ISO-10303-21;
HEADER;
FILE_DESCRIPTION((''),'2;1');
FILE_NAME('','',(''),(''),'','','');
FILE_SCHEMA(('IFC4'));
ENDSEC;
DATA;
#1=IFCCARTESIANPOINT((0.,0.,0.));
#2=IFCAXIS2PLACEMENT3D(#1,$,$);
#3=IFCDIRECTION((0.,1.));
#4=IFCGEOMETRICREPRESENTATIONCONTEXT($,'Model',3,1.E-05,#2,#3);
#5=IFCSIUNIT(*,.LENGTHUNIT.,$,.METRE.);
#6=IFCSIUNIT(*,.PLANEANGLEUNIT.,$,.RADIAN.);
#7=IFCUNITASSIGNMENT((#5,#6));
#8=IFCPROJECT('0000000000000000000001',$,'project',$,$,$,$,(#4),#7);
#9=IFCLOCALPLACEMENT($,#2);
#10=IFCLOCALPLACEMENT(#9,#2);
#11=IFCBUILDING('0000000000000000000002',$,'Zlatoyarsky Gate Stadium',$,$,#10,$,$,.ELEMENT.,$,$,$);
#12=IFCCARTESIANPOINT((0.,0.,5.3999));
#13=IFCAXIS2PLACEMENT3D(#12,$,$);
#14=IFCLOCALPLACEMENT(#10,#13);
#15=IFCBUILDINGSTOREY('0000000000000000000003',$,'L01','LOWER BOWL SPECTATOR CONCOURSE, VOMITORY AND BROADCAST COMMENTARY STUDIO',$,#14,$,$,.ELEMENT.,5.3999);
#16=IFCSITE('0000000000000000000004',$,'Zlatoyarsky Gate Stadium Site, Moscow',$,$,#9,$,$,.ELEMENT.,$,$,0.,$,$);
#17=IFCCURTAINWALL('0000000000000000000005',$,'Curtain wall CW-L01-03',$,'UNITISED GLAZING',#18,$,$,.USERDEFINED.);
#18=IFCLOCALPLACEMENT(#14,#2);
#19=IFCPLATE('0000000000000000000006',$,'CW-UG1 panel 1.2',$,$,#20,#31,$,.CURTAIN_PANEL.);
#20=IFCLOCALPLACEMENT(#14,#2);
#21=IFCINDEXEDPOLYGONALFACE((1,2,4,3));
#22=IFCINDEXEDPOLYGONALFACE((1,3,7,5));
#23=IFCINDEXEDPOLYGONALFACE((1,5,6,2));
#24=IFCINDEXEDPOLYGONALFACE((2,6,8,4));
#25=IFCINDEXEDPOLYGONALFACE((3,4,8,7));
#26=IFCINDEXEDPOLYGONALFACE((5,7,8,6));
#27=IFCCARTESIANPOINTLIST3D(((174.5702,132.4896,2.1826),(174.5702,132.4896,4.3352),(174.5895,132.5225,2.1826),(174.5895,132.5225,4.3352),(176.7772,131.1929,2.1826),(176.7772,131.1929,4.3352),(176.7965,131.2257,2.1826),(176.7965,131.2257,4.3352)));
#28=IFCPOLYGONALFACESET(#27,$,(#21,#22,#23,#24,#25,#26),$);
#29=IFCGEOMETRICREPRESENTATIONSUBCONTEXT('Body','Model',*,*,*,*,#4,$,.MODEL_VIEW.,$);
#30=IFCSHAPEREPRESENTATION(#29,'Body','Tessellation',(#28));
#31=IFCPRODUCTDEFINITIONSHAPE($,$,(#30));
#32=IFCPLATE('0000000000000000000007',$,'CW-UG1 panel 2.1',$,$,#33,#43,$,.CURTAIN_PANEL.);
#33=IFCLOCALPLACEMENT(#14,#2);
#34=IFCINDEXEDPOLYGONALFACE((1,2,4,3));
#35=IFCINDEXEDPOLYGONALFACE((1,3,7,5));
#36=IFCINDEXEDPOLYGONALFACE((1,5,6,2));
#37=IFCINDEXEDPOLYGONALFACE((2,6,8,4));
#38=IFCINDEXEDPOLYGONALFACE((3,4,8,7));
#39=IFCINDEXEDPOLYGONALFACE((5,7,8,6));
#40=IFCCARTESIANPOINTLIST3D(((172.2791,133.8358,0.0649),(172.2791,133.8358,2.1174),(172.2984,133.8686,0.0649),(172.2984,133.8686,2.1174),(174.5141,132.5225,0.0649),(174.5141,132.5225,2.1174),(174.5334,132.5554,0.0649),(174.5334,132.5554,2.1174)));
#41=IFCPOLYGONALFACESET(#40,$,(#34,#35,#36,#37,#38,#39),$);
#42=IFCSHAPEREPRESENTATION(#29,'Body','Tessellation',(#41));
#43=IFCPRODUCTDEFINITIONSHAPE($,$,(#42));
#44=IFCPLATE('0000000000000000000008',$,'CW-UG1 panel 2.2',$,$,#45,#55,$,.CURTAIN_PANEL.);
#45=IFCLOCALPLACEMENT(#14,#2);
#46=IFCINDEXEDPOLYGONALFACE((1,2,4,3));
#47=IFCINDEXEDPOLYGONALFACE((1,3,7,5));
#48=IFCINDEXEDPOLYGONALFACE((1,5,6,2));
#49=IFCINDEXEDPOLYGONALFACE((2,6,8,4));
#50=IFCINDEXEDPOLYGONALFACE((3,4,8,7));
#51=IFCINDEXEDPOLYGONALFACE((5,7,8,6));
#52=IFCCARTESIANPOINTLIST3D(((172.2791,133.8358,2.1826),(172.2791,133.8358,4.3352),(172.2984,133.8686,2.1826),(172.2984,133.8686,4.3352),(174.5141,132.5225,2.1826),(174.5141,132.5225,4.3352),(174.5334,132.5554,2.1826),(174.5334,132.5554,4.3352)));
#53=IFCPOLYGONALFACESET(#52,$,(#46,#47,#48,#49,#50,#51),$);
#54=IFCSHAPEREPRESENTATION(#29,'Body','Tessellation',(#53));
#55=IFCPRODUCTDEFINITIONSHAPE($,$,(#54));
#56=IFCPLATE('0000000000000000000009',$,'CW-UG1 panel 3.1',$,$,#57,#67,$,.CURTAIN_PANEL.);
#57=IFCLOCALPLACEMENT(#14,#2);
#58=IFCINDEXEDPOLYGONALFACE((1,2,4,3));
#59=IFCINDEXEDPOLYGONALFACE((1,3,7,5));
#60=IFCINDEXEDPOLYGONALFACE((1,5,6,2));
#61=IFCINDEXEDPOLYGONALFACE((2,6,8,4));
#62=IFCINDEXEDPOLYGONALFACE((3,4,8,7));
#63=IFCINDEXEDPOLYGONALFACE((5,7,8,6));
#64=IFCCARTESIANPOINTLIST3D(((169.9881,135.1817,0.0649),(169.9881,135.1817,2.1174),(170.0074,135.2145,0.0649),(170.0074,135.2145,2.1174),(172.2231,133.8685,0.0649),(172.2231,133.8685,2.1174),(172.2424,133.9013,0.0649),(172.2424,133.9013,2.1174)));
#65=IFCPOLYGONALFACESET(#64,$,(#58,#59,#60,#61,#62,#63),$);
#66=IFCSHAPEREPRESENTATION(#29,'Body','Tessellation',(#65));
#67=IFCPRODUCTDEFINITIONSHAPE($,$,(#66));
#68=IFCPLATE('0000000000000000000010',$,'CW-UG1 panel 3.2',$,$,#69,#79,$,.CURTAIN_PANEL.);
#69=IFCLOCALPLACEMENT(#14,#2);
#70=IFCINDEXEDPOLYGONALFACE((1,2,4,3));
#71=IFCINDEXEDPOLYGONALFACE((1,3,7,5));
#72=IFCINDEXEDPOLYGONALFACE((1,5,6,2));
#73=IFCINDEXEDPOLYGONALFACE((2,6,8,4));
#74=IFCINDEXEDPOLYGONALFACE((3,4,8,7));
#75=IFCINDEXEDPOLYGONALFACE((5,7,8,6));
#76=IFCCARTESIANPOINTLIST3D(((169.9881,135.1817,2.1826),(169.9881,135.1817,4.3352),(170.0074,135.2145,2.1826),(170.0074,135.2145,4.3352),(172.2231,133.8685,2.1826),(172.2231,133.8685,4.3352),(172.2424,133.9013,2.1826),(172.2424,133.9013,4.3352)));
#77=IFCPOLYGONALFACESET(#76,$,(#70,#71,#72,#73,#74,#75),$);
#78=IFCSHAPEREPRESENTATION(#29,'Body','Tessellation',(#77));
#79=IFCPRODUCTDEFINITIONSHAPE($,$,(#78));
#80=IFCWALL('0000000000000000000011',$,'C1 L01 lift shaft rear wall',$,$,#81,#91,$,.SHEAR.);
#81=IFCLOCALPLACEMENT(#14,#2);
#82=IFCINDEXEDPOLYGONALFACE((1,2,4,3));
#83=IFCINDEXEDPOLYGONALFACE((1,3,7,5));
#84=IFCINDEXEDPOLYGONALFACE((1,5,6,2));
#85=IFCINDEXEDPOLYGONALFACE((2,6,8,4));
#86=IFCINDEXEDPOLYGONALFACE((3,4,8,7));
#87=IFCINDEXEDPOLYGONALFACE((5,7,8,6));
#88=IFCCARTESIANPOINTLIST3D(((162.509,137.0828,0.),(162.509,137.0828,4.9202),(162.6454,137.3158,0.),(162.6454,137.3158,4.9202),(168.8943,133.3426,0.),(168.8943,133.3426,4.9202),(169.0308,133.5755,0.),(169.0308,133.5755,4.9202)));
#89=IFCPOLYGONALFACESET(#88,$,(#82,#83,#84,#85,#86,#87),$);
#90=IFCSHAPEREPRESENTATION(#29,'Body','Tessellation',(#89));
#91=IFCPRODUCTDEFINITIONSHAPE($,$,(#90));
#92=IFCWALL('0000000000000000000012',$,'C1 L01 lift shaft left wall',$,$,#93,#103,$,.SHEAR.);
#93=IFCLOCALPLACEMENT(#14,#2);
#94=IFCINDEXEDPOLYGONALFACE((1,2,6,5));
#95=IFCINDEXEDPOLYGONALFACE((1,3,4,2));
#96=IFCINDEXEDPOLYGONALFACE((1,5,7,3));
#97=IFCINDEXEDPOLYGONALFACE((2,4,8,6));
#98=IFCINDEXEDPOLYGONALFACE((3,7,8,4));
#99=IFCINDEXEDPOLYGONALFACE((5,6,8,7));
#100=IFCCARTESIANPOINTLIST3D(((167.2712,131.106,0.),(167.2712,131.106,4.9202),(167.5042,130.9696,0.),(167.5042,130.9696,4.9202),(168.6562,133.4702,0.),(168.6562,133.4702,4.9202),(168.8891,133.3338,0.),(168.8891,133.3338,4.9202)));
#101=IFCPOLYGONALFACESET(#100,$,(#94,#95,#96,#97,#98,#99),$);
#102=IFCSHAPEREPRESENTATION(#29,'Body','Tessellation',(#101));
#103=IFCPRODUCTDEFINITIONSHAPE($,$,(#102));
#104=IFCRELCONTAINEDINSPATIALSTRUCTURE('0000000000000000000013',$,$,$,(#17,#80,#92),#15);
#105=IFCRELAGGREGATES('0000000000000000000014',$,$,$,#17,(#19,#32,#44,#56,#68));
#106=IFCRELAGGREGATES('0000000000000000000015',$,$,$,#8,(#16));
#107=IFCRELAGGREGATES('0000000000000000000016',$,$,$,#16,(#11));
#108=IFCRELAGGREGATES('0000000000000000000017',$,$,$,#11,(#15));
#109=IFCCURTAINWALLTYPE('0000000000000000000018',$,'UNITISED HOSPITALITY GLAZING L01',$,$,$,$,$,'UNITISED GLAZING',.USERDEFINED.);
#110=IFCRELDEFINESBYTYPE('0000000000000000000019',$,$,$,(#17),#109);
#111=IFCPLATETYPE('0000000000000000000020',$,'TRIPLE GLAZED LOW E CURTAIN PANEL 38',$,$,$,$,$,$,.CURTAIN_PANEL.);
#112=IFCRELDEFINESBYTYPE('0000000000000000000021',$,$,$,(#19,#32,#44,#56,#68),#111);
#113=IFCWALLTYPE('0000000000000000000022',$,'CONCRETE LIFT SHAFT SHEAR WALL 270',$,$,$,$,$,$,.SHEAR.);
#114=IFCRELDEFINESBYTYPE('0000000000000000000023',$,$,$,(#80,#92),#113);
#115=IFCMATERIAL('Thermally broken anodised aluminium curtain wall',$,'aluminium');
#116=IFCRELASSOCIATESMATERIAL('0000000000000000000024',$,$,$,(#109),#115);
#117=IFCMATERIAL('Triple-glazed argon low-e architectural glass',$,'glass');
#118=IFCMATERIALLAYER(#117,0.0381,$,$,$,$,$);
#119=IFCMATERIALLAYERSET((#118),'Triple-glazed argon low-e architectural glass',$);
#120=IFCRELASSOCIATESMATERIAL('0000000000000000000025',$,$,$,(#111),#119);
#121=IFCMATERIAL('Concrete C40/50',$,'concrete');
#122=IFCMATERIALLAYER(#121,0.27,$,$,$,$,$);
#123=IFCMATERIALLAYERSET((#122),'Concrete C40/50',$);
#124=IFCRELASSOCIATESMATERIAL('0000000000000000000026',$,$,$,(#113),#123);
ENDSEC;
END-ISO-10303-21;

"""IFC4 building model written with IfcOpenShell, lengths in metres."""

from ifc_helpers import new_model, si_unit, direction, frame, frame_2d, origin, origin_2d, place, context, subcontext, project, spatial, rectangle, extrude, material, layer, layer_set, type_object, element, aggregate, save


model = new_model("IFC4")

# Units and contexts
model_context = context("Model", 3, precision=1e-05, world=origin(), true_north=direction((0.0, 1.0)))
body_context = subcontext(model_context, "Body", "Model", "MODEL_VIEW")
ifc_project = project(units=[si_unit("LENGTHUNIT", "METRE"), si_unit("PLANEANGLEUNIT", "RADIAN")], contexts=[model_context])

# Site, building, storey
site_placement = place(None, origin())
site = spatial("IfcSite", under=ifc_project, at=site_placement, Name="Zlatoyarsky Gate Stadium Site, Moscow", CompositionType="ELEMENT", RefElevation=0.0)
building_placement = place(site_placement, origin())
building = spatial("IfcBuilding", under=site, at=building_placement, Name="Zlatoyarsky Gate Stadium", CompositionType="ELEMENT")
storey_placement = place(building_placement, frame((0.0, 0.0, 5.3999)))
storey = spatial("IfcBuildingStorey", under=building, at=storey_placement, Name="L01", Description="LOWER BOWL SPECTATOR CONCOURSE, VOMITORY AND BROADCAST COMMENTARY STUDIO", CompositionType="ELEMENT", Elevation=5.3999)

# Curtain wall
ifc_material_1 = material(Name="Thermally broken anodised aluminium curtain wall", Category="aluminium")
curtain_wall_type = type_object("IfcCurtainWallType", Name="UNITISED HOSPITALITY GLAZING L01", ElementType="UNITISED GLAZING", PredefinedType="USERDEFINED", material=ifc_material_1)
curtain_wall_placement = place(storey_placement, origin())
curtain_wall = element("IfcCurtainWall", 1, at=curtain_wall_placement, inside=storey, type_object=curtain_wall_type, Name="Curtain wall CW-L01-03", ObjectType="UNITISED GLAZING", PredefinedType="USERDEFINED")

# Plates
ifc_material_2 = material(Name="Triple-glazed argon low-e architectural glass", Category="glass")
ifc_layer_1 = layer(ifc_material_2, 0.0381)
ifc_layer_set_1 = layer_set([ifc_layer_1], Name="Triple-glazed argon low-e architectural glass")
plate_type_1 = type_object("IfcPlateType", Name="TRIPLE GLAZED LOW E CURTAIN PANEL 38", PredefinedType="CURTAIN_PANEL", material=ifc_layer_set_1)
plate_1_placement = place(storey_placement, frame((175.6833, 131.8577, 2.1826), z_axis=(0.0, 0.0, 1.0), x_axis=(-0.862187, 0.50659, 0.0)))
plate_1 = element("IfcPlate", 2, at=plate_1_placement, type_object=plate_type_1, Name="CW-UG1 panel 1.2", PredefinedType="CURTAIN_PANEL", context=body_context, shape_type="SweptSolid", body=[
    extrude(rectangle(XDim=2.5598, YDim=0.0381, at=origin_2d()), origin(), (0.0, 0.0, 1.0), 2.1526),
])
plate_2_placement = place(storey_placement, frame((173.4062, 133.1956, 0.0649), z_axis=(0.0, 0.0, 1.0), x_axis=(-0.862187, 0.50659, 0.0)))
plate_2 = element("IfcPlate", 3, at=plate_2_placement, type_object=plate_type_1, Name="CW-UG1 panel 2.1", PredefinedType="CURTAIN_PANEL", context=body_context, shape_type="SweptSolid", body=[
    extrude(rectangle(XDim=2.5923, YDim=0.0381, at=origin_2d()), origin(), (0.0, 0.0, 1.0), 2.0525),
])
plate_3_placement = place(storey_placement, frame((173.4062, 133.1956, 2.1826), z_axis=(0.0, 0.0, 1.0), x_axis=(-0.862187, 0.50659, 0.0)))
plate_3 = element("IfcPlate", 4, at=plate_3_placement, type_object=plate_type_1, Name="CW-UG1 panel 2.2", PredefinedType="CURTAIN_PANEL", context=body_context, shape_type="SweptSolid", body=[
    extrude(rectangle(XDim=2.5923, YDim=0.0381, at=origin_2d()), origin(), (0.0, 0.0, 1.0), 2.1526),
])
plate_4_placement = place(storey_placement, frame((171.1152, 134.5415, 0.0649), z_axis=(0.0, 0.0, 1.0), x_axis=(-0.862187, 0.50659, 0.0)))
plate_4 = element("IfcPlate", 5, at=plate_4_placement, type_object=plate_type_1, Name="CW-UG1 panel 3.1", PredefinedType="CURTAIN_PANEL", context=body_context, shape_type="SweptSolid", body=[
    extrude(rectangle(XDim=2.5923, YDim=0.0381, at=origin_2d()), origin(), (0.0, 0.0, 1.0), 2.0525),
])
plate_5_placement = place(storey_placement, frame((171.1152, 134.5415, 2.1826), z_axis=(0.0, 0.0, 1.0), x_axis=(-0.862187, 0.50659, 0.0)))
plate_5 = element("IfcPlate", 6, at=plate_5_placement, type_object=plate_type_1, Name="CW-UG1 panel 3.2", PredefinedType="CURTAIN_PANEL", context=body_context, shape_type="SweptSolid", body=[
    extrude(rectangle(XDim=2.5923, YDim=0.0381, at=origin_2d()), origin(), (0.0, 0.0, 1.0), 2.1526),
])
aggregate(curtain_wall, [plate_1, plate_2, plate_3, plate_4, plate_5])

# Walls
ifc_material_3 = material(Name="Concrete C40/50", Category="concrete")
ifc_layer_2 = layer(ifc_material_3, 0.27)
ifc_layer_set_2 = layer_set([ifc_layer_2], Name="Concrete C40/50")
wall_type = type_object("IfcWallType", Name="CONCRETE LIFT SHAFT SHEAR WALL 270", PredefinedType="SHEAR", material=ifc_layer_set_2)
wall_1_placement = place(storey_placement, frame((168.9626, 133.459, 0.0), z_axis=(0.0, 0.0, 1.0), x_axis=(-0.862866, 0.505433, 0.0)))
element("IfcWall", 7, at=wall_1_placement, inside=storey, type_object=wall_type, Name="C1 L01 lift shaft rear wall", PredefinedType="SHEAR", context=body_context, shape_type="SweptSolid", body=[
    extrude(rectangle(XDim=7.4001, YDim=0.27, at=frame_2d((3.7002, 0.0))), origin(), (0.0, 0.0, 1.0), 4.9202),
])
wall_2_placement = place(storey_placement, frame((168.7727, 133.4021, 0.0), z_axis=(0.0, 0.0, 1.0), x_axis=(-0.505466, -0.862847, 0.0)))
element("IfcWall", 8, at=wall_2_placement, inside=storey, type_object=wall_type, Name="C1 L01 lift shaft left wall", PredefinedType="SHEAR", context=body_context, shape_type="SweptSolid", body=[
    extrude(rectangle(XDim=2.74, YDim=0.27, at=frame_2d((1.3701, 0.0))), origin(), (0.0, 0.0, 1.0), 4.9202),
])

save(model, "model.ifc")
